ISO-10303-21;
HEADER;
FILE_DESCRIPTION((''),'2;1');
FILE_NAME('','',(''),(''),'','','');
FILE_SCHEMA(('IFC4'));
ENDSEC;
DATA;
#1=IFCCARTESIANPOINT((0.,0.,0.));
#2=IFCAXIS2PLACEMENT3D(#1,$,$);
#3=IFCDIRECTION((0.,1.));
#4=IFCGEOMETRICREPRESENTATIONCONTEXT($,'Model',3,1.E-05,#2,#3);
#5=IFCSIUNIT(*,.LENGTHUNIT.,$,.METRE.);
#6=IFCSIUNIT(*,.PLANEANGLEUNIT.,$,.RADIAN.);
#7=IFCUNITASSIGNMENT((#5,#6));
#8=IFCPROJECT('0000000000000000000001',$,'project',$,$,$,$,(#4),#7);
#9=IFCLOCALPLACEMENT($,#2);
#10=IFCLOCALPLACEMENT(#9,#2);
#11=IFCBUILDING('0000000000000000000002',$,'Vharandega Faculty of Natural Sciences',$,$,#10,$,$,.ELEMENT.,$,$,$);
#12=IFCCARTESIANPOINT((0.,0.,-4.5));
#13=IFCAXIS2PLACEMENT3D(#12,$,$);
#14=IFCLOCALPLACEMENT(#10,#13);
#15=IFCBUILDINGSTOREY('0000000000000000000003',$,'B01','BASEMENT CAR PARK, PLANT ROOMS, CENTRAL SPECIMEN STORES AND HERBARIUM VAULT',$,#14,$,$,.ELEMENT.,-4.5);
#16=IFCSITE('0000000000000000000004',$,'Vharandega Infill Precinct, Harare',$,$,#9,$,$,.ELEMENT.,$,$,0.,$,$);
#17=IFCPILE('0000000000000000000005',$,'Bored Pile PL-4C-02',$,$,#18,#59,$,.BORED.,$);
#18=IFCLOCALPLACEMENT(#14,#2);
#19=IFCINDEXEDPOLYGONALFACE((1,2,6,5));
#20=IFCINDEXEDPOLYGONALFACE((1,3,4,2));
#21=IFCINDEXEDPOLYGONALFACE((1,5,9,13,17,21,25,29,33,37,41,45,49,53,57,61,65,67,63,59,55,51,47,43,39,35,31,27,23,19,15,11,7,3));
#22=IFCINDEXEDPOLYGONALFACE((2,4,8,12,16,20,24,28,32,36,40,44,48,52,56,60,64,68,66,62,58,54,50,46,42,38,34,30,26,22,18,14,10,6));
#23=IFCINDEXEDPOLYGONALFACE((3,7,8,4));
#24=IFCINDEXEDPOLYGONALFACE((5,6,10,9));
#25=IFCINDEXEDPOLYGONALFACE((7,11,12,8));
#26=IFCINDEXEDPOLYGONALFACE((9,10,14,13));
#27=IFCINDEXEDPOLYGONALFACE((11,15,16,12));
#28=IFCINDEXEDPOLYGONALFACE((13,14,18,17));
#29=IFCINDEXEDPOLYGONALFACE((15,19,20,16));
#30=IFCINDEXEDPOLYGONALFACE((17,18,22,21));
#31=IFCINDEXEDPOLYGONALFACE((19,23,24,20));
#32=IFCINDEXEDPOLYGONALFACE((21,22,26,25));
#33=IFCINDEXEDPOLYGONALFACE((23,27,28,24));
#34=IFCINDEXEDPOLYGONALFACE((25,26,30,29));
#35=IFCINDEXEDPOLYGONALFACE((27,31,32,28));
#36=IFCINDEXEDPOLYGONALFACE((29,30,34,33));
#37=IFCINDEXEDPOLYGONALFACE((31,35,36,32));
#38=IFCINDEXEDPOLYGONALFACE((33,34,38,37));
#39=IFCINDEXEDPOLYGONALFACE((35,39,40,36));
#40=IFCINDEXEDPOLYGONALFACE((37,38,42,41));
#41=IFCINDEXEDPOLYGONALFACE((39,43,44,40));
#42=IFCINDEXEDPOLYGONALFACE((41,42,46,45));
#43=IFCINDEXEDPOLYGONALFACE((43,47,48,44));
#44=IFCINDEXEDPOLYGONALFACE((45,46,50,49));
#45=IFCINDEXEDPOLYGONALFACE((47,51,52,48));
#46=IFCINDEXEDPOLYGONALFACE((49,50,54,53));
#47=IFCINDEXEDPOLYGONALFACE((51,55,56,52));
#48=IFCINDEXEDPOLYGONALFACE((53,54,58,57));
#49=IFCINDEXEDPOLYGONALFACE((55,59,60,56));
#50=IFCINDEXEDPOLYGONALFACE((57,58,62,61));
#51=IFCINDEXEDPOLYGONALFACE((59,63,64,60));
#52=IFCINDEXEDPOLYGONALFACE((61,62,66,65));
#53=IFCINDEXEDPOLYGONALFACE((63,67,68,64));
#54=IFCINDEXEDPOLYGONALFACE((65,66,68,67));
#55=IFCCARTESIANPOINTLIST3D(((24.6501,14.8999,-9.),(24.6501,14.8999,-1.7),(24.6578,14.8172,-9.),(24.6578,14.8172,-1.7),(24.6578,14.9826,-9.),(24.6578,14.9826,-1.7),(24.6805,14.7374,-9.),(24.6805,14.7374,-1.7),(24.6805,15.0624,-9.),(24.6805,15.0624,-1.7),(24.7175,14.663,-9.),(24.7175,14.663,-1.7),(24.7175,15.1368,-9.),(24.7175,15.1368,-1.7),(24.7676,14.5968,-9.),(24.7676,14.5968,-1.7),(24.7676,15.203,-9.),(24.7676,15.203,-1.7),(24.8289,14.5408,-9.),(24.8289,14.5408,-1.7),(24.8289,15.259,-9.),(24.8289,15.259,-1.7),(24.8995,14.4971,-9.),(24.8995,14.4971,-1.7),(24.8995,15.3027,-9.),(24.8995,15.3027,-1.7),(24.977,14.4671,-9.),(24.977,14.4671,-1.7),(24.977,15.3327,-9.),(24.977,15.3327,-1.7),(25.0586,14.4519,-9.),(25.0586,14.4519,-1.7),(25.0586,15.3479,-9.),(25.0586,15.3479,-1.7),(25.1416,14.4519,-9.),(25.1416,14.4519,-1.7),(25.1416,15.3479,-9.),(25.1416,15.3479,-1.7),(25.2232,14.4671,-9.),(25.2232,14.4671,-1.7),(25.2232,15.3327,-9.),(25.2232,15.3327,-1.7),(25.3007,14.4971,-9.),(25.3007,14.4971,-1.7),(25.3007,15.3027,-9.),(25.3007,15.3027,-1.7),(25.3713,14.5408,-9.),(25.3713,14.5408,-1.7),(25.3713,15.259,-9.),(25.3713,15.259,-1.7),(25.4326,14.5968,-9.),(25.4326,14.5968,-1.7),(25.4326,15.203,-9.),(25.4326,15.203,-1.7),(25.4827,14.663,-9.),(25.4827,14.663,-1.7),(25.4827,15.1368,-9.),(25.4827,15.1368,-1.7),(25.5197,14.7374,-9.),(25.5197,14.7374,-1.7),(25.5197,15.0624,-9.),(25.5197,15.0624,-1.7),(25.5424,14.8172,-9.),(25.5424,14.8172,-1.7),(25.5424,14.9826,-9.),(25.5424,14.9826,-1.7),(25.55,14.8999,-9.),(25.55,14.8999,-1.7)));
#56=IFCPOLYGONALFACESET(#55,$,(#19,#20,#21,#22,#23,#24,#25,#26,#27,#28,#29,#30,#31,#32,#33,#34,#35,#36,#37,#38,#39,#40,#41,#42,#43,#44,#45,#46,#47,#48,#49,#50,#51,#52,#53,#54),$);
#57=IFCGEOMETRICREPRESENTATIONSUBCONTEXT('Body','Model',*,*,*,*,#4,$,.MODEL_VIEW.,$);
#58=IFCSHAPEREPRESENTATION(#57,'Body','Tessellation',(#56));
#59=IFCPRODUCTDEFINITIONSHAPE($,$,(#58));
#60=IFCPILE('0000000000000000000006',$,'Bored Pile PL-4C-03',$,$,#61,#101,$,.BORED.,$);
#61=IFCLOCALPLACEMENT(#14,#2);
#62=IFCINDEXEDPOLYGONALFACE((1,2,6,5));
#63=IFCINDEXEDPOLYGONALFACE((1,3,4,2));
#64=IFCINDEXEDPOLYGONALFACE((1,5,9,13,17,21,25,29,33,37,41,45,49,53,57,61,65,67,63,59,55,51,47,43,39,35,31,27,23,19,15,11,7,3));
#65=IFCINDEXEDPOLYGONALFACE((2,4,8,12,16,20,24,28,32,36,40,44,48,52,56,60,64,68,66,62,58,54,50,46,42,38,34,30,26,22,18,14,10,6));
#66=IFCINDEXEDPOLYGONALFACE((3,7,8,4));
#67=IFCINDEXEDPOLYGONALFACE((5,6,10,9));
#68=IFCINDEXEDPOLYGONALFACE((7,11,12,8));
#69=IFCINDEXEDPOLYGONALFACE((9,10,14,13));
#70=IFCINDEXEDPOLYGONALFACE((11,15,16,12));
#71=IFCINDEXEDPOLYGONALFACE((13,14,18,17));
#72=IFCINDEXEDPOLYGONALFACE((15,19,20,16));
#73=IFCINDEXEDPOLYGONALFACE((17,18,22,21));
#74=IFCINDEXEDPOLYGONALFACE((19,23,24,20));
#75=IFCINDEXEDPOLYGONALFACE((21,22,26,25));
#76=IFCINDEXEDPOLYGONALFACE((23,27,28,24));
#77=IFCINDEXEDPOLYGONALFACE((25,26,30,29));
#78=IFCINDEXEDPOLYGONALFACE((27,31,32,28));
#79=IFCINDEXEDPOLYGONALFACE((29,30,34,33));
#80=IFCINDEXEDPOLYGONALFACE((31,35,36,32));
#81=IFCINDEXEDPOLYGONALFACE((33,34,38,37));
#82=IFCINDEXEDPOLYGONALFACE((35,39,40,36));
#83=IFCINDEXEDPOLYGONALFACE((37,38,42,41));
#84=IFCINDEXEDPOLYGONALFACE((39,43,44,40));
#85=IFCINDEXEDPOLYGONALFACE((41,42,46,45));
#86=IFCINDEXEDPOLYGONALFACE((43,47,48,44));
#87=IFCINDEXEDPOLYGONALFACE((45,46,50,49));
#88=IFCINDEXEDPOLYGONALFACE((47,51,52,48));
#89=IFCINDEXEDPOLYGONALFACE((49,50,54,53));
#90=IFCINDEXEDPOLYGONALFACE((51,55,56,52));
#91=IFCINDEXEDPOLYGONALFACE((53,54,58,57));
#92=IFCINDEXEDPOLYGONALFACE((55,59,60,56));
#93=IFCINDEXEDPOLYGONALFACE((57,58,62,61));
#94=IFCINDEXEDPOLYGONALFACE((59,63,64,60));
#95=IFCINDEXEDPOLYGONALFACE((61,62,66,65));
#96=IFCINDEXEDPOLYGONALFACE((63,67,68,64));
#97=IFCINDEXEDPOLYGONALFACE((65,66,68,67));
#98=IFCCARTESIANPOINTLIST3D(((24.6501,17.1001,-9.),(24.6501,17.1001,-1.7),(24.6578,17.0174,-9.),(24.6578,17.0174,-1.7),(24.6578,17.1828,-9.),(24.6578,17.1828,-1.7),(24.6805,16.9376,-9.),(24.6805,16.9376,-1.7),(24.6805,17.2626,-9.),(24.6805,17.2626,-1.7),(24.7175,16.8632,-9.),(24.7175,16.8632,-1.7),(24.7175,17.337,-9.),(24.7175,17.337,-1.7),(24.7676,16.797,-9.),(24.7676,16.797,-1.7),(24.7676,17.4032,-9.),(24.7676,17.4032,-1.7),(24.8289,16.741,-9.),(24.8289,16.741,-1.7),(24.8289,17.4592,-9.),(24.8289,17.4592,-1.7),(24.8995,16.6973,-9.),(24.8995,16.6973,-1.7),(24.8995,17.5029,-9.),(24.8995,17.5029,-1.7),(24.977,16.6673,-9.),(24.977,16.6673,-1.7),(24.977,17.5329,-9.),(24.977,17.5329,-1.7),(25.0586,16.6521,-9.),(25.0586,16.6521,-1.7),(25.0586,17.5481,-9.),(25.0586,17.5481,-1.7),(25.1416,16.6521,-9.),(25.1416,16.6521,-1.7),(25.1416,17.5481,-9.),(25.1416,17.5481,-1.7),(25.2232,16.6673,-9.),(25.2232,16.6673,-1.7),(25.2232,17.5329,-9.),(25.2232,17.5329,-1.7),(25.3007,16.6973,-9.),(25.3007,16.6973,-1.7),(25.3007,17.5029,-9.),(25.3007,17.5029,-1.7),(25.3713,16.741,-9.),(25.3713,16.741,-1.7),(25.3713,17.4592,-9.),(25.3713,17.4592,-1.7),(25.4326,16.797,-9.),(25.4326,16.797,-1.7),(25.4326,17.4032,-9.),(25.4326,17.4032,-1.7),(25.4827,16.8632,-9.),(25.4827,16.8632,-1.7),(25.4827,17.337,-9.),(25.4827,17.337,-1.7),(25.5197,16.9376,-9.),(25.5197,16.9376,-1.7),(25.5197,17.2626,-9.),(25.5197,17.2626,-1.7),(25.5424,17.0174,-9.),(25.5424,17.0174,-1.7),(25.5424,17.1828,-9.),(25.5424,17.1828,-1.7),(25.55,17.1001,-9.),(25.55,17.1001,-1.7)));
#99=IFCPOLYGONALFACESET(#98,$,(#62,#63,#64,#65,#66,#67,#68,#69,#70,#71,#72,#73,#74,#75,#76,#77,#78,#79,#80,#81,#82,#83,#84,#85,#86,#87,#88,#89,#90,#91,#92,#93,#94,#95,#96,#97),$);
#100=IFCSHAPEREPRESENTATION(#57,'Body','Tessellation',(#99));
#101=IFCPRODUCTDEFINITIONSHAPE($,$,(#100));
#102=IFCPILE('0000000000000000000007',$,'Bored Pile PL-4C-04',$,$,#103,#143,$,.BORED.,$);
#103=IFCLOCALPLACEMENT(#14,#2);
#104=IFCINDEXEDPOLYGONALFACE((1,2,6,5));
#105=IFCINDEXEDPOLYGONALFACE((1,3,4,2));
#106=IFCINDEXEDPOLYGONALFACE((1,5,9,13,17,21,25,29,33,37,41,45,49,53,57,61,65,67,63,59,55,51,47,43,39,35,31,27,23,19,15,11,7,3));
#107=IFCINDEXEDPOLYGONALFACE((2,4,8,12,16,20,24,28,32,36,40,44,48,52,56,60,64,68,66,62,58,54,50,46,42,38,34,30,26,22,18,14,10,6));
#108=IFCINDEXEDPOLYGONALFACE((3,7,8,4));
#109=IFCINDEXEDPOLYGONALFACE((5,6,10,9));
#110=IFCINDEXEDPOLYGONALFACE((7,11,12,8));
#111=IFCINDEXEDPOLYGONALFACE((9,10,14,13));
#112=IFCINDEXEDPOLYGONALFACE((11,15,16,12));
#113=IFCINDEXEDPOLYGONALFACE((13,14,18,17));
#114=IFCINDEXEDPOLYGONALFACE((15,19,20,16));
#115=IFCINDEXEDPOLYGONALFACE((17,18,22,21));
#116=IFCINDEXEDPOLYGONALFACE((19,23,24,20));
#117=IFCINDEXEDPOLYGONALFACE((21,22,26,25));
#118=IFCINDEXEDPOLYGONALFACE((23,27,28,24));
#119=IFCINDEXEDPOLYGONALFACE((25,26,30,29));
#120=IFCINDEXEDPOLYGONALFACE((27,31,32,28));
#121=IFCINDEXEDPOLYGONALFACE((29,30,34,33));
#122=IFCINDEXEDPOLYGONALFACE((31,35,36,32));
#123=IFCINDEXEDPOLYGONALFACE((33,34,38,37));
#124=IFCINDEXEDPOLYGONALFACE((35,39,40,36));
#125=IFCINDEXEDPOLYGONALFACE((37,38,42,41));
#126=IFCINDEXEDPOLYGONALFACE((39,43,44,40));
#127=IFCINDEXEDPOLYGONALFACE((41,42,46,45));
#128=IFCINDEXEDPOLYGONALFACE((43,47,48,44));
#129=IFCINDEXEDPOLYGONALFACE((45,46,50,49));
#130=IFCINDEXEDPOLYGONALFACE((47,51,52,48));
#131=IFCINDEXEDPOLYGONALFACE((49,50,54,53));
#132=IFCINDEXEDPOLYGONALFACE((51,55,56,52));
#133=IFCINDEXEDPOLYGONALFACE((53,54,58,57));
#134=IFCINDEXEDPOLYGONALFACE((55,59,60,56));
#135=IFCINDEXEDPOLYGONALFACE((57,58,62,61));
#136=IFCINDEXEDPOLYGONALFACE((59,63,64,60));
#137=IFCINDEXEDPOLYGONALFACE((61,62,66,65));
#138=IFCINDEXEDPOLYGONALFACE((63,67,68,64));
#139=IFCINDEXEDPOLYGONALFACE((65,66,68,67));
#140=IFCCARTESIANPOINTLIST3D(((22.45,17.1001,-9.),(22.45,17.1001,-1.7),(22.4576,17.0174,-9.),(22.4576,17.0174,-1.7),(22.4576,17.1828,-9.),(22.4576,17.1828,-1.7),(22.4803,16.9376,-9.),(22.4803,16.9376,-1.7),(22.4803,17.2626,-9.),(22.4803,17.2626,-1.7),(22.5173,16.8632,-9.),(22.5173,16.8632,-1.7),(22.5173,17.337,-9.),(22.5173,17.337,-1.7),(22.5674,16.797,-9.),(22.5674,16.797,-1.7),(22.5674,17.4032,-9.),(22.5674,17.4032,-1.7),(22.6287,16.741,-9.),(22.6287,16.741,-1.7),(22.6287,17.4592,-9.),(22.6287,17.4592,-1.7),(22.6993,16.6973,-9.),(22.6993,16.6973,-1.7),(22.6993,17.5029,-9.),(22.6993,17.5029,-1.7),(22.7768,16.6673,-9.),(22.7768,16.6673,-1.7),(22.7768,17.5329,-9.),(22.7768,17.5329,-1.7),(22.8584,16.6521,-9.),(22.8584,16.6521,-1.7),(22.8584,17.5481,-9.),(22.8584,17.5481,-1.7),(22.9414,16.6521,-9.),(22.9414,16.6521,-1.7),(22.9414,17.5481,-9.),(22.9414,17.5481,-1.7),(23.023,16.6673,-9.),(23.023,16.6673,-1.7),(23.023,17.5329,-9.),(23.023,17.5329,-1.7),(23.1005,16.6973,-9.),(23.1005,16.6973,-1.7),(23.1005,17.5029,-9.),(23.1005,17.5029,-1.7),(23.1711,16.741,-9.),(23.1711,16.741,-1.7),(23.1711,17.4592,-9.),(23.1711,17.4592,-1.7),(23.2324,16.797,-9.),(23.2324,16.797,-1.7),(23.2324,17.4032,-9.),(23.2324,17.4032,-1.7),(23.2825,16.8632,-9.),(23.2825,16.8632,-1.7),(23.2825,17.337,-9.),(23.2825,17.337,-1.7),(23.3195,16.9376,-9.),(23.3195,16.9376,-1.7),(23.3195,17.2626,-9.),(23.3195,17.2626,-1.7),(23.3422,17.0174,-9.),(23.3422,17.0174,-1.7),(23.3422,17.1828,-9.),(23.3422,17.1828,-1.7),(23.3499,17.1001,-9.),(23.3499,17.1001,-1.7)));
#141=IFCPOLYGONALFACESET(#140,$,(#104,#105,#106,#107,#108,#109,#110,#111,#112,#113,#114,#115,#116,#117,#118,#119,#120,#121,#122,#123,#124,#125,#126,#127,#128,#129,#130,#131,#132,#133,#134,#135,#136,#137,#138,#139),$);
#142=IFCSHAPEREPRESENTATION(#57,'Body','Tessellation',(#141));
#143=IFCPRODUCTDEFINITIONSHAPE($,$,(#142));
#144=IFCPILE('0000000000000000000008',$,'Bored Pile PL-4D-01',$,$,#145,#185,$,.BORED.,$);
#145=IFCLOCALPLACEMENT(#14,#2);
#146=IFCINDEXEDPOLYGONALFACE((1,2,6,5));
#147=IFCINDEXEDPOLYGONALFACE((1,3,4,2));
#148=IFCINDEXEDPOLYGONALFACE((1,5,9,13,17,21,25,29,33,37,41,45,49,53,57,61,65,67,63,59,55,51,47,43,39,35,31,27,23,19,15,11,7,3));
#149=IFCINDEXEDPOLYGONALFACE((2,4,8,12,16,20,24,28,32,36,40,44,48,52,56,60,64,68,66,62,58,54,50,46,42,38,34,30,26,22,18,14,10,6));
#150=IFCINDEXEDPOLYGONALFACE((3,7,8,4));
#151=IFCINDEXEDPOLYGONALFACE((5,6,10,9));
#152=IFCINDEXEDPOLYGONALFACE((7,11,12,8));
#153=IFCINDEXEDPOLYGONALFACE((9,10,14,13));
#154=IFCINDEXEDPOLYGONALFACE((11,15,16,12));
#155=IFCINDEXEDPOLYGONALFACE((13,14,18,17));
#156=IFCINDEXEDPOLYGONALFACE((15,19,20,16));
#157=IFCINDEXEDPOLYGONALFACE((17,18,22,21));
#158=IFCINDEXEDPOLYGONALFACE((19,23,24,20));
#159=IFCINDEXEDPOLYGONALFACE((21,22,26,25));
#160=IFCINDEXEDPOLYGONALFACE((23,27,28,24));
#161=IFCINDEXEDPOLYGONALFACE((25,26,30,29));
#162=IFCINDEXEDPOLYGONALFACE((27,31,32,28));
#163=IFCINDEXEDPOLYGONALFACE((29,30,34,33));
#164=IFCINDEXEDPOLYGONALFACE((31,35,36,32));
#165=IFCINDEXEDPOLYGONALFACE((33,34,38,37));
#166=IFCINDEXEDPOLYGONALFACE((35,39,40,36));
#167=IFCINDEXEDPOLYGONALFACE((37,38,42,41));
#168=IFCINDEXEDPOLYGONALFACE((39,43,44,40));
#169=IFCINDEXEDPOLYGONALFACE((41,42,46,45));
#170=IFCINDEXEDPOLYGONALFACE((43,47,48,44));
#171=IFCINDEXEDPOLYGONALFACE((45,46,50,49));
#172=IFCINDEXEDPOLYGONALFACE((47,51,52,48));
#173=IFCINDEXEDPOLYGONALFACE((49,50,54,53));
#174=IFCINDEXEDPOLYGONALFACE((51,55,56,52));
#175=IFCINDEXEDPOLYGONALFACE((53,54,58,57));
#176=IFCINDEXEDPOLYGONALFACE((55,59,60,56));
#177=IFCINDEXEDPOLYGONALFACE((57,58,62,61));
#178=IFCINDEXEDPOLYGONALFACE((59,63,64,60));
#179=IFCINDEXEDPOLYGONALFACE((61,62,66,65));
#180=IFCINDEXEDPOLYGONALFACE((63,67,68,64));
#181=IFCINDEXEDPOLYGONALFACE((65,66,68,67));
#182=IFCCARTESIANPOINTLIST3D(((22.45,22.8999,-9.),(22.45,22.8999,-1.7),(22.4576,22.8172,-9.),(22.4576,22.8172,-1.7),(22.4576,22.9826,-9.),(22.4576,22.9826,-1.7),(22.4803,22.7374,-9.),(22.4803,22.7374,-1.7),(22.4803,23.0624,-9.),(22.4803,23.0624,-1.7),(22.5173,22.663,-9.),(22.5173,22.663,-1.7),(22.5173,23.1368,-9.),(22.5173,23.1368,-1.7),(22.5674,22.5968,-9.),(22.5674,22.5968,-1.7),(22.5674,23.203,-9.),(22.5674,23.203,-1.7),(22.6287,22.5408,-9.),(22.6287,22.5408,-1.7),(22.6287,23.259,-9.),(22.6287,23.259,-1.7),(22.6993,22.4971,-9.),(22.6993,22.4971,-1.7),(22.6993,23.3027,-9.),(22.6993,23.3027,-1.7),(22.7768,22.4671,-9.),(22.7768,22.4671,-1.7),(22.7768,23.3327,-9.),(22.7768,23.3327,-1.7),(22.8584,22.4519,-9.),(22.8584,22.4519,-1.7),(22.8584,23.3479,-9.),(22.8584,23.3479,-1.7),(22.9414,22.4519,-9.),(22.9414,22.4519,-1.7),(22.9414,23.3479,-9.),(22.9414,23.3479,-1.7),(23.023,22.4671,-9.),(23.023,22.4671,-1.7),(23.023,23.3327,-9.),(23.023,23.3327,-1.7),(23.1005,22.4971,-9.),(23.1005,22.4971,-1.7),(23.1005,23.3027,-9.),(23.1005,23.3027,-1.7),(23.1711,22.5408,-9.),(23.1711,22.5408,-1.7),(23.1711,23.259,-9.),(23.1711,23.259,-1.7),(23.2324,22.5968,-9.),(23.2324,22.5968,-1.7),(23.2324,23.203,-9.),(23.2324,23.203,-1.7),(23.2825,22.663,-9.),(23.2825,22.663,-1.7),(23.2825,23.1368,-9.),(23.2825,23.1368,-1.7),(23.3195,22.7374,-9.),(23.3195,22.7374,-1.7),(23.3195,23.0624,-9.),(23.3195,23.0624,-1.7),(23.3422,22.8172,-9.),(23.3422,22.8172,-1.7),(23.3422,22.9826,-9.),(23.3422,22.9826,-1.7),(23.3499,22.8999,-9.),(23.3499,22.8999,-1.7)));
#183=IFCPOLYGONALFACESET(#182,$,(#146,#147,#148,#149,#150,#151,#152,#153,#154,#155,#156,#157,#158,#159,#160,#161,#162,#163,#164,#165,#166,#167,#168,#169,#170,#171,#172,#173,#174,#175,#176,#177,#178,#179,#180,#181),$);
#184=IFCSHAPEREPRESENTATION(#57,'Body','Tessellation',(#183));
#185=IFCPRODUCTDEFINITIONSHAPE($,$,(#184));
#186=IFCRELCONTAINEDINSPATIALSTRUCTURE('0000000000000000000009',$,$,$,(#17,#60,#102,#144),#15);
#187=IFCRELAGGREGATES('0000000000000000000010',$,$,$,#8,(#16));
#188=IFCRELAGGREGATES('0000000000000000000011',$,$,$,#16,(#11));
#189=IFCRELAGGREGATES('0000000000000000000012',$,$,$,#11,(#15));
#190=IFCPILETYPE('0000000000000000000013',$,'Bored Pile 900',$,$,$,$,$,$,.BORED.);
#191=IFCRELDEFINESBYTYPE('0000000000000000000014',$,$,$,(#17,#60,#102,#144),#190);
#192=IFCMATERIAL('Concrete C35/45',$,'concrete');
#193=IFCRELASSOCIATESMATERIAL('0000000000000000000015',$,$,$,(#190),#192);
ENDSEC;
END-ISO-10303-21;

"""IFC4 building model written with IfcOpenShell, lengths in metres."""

from ifc_helpers import new_model, si_unit, direction, frame, origin, origin_2d, place, context, subcontext, project, spatial, circle, extrude, material, material_profile, profile_set, type_object, element, save


model = new_model("IFC4")

# Units and contexts
model_context = context("Model", 3, precision=1e-05, world=origin(), true_north=direction((0.0, 1.0)))
body_context = subcontext(model_context, "Body", "Model", "MODEL_VIEW")
ifc_project = project(units=[si_unit("LENGTHUNIT", "METRE"), si_unit("PLANEANGLEUNIT", "RADIAN")], contexts=[model_context])

# Site, building, storey
site_placement = place(None, origin())
site = spatial("IfcSite", under=ifc_project, at=site_placement, Name="Vharandega Infill Precinct, Harare", CompositionType="ELEMENT", RefElevation=0.0)
building_placement = place(site_placement, origin())
building = spatial("IfcBuilding", under=site, at=building_placement, Name="Vharandega Faculty of Natural Sciences", CompositionType="ELEMENT")
storey_placement = place(building_placement, frame((0.0, 0.0, -4.5)))
storey = spatial("IfcBuildingStorey", under=building, at=storey_placement, Name="B01", Description="BASEMENT CAR PARK, PLANT ROOMS, CENTRAL SPECIMEN STORES AND HERBARIUM VAULT", CompositionType="ELEMENT", Elevation=-4.5)

# Piles
ifc_material_1 = material(Name="Concrete C35/45", Category="concrete")
ifc_material_profile_1 = material_profile(ifc_material_1, circle(Radius=0.45, at=origin_2d()), Name="PILE 900")
ifc_profile_set_1 = profile_set([ifc_material_profile_1], Name="Concrete C35/45")
pile_type = type_object("IfcPileType", Name="Bored Pile 900", PredefinedType="BORED", material=ifc_profile_set_1)
for number, where, z_axis, x_axis, name in (
    (1, (25.1001, 14.8999, -1.7), (0.0, 0.0, -1.0), (1.0, 0.0, 0.0), "Bored Pile PL-4C-02"),
    (2, (25.1001, 17.1001, -1.7), (0.0, 0.0, -1.0), (1.0, 0.0, 0.0), "Bored Pile PL-4C-03"),
    (3, (22.8999, 17.1001, -1.7), (0.0, 0.0, -1.0), (1.0, 0.0, 0.0), "Bored Pile PL-4C-04"),
    (4, (22.8999, 22.8999, -1.7), (0.0, 0.0, -1.0), (1.0, 0.0, 0.0), "Bored Pile PL-4D-01"),
):
    element("IfcPile", number, at=place(storey_placement, frame(where, z_axis=z_axis, x_axis=x_axis)), inside=storey, type_object=pile_type, Name=name, PredefinedType="BORED", context=body_context, shape_type="SweptSolid", body=[
        extrude(circle(Radius=0.45, at=origin_2d()), origin(), (0.0, 0.0, 1.0), 7.3),
    ])

save(model, "model.ifc")
